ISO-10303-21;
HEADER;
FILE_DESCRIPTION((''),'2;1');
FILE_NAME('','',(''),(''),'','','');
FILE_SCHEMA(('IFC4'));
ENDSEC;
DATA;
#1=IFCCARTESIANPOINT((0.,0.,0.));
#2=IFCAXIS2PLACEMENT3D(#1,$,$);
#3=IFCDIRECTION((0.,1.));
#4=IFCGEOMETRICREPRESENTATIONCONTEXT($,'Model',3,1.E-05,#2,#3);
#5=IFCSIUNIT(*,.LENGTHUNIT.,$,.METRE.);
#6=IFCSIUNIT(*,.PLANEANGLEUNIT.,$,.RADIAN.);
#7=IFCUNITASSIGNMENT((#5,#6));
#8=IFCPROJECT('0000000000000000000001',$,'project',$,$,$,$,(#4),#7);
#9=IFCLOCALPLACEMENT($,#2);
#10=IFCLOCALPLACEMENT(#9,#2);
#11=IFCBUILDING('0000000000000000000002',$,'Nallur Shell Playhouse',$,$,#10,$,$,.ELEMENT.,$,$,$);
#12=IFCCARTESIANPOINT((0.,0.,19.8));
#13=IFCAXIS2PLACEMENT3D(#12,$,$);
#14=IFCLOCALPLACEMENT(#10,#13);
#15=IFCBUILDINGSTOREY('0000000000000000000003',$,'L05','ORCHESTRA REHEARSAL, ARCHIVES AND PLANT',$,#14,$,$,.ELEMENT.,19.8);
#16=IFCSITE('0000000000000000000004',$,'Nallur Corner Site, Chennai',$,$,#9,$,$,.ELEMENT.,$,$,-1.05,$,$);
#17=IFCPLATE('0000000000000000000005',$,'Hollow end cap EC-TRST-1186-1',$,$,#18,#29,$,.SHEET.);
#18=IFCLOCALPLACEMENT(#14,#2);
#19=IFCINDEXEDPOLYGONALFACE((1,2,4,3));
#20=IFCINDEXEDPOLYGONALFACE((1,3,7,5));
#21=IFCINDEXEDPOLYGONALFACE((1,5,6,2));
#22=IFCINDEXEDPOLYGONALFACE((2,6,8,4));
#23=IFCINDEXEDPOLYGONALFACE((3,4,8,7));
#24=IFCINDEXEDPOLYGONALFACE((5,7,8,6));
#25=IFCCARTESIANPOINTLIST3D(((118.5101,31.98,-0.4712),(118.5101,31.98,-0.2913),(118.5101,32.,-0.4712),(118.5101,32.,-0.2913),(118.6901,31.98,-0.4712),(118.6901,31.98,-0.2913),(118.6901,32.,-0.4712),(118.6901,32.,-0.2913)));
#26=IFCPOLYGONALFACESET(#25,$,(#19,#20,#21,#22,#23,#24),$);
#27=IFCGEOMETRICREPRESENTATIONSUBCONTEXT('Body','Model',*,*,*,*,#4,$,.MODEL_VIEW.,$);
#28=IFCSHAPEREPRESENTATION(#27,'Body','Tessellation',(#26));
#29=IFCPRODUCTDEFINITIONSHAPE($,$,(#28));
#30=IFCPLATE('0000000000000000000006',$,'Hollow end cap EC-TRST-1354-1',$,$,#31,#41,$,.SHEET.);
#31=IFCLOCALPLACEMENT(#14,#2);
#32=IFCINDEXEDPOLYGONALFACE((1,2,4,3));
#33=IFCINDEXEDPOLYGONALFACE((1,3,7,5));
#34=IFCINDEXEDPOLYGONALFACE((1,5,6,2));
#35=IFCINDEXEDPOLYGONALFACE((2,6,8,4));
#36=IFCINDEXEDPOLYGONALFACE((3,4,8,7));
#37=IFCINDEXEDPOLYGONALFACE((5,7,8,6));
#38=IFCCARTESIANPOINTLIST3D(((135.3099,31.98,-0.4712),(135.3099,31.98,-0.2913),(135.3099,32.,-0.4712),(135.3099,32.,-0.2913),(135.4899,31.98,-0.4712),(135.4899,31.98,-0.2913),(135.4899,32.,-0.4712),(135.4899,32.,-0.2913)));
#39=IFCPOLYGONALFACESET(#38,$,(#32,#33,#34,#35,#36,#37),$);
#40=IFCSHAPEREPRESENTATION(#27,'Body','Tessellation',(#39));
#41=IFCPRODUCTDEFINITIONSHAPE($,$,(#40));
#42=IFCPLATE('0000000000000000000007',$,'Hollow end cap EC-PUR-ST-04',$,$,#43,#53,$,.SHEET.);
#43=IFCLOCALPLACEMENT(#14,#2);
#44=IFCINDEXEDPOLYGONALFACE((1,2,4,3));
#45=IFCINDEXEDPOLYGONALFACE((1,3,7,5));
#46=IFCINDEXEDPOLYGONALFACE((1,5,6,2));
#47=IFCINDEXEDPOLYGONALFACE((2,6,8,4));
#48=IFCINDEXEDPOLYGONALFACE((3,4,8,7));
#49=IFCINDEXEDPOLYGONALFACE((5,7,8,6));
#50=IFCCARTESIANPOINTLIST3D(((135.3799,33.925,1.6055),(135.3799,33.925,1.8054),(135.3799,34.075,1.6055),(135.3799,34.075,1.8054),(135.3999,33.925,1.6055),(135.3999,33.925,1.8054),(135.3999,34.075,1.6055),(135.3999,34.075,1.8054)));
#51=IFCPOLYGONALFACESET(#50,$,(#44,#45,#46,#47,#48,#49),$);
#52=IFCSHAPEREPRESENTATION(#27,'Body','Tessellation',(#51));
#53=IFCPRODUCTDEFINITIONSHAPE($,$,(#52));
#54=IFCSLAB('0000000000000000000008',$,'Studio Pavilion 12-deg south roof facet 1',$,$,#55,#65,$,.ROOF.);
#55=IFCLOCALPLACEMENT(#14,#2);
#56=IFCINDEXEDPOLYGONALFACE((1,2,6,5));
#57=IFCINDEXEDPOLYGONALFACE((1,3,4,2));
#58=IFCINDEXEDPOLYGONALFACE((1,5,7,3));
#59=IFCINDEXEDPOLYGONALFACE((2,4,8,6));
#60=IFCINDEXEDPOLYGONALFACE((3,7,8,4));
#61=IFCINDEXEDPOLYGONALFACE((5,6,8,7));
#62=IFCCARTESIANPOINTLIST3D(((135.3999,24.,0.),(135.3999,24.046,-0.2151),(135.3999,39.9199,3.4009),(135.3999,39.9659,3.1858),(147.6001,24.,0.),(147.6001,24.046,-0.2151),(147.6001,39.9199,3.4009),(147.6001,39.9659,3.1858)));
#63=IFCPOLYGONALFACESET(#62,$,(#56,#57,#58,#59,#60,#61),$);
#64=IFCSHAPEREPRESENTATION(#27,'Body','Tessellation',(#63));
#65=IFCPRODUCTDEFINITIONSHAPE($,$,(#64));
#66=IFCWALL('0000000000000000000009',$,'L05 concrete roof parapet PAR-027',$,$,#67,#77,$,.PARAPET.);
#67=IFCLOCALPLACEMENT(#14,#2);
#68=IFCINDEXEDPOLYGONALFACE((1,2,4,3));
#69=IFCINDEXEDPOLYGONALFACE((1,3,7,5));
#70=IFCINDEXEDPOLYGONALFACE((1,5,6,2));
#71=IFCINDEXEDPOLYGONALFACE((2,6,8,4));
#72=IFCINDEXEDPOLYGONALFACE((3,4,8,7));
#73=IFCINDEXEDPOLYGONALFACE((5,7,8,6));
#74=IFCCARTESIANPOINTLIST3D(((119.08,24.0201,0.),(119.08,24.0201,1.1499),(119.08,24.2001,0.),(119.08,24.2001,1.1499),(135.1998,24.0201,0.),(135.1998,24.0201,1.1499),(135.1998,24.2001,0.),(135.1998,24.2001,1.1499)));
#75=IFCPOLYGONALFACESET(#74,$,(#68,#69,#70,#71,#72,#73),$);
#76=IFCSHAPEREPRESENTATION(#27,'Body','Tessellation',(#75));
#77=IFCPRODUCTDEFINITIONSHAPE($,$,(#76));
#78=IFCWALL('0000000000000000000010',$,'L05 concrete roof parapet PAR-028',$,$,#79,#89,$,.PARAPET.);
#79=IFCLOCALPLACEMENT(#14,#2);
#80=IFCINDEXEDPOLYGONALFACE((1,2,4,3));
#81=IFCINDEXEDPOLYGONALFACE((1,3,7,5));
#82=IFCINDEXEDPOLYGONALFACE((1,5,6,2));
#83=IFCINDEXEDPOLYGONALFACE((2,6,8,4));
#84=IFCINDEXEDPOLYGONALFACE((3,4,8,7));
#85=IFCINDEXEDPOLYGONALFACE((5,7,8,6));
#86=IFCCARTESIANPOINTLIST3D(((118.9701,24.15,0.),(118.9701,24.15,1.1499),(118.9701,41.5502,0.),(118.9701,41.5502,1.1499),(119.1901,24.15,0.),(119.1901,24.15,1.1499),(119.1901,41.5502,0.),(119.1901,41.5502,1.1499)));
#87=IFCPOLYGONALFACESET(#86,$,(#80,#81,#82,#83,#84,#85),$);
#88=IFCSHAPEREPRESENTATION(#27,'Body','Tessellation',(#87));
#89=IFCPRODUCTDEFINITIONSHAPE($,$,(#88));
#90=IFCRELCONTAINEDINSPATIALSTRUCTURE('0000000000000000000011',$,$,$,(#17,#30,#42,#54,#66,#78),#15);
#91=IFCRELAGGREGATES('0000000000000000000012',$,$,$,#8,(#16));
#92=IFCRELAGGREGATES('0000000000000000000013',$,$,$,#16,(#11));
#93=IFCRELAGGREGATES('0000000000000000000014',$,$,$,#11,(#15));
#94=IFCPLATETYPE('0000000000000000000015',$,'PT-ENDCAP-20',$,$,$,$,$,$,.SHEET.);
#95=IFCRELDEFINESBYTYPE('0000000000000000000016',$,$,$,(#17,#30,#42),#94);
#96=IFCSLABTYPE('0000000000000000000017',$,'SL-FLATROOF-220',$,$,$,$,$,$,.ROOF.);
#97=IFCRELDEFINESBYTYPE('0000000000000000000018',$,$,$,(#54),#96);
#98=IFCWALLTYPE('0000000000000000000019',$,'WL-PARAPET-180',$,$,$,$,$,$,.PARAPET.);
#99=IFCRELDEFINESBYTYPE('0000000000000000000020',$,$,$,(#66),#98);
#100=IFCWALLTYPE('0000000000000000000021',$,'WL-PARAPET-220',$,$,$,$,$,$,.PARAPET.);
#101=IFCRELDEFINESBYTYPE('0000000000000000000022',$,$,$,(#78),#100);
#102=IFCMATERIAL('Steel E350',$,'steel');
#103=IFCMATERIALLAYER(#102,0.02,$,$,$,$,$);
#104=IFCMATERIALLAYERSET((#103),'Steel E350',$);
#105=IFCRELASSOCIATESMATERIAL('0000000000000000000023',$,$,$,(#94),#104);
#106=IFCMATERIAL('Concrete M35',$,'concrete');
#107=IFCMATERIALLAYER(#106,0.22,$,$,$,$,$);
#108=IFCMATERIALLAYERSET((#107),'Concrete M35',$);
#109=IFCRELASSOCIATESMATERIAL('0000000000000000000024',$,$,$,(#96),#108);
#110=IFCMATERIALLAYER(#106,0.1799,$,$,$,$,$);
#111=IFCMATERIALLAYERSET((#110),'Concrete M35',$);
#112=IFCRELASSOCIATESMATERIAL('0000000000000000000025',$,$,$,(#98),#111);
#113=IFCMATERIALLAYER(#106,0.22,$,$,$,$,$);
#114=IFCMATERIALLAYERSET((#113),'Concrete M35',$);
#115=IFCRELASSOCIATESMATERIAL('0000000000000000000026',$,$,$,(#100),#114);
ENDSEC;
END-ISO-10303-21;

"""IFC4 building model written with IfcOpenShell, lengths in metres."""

from ifc_helpers import new_model, si_unit, direction, frame, frame_2d, origin, origin_2d, place, context, subcontext, project, spatial, polyline, rectangle, outline, extrude, material, layer, layer_set, type_object, element, save


model = new_model("IFC4")

# Units and contexts
model_context = context("Model", 3, precision=1e-05, world=origin(), true_north=direction((0.0, 1.0)))
body_context = subcontext(model_context, "Body", "Model", "MODEL_VIEW")
ifc_project = project(units=[si_unit("LENGTHUNIT", "METRE"), si_unit("PLANEANGLEUNIT", "RADIAN")], contexts=[model_context])

# Site, building, storey
site_placement = place(None, origin())
site = spatial("IfcSite", under=ifc_project, at=site_placement, Name="Nallur Corner Site, Chennai", CompositionType="ELEMENT", RefElevation=-1.05)
building_placement = place(site_placement, origin())
building = spatial("IfcBuilding", under=site, at=building_placement, Name="Nallur Shell Playhouse", CompositionType="ELEMENT")
storey_placement = place(building_placement, frame((0.0, 0.0, 19.8)))
storey = spatial("IfcBuildingStorey", under=building, at=storey_placement, Name="L05", Description="ORCHESTRA REHEARSAL, ARCHIVES AND PLANT", CompositionType="ELEMENT", Elevation=19.8)

# Shared definitions
ifc_material_1 = material(Name="Steel E350", Category="steel")

# Plates
ifc_layer_1 = layer(ifc_material_1, 0.02)
ifc_layer_set_1 = layer_set([ifc_layer_1], Name="Steel E350")
plate_type = type_object("IfcPlateType", Name="PT-ENDCAP-20", PredefinedType="SHEET", material=ifc_layer_set_1)
for number, where, z_axis, x_axis, name in (
    (1, (118.6001, 31.99, -0.4712), (0.0, 0.0, 1.0), (1.0, 0.0, 0.0), "Hollow end cap EC-TRST-1186-1"),
    (2, (135.3999, 31.99, -0.4712), (0.0, 0.0, 1.0), (1.0, 0.0, 0.0), "Hollow end cap EC-TRST-1354-1"),
):
    element("IfcPlate", number, at=place(storey_placement, frame(where, z_axis=z_axis, x_axis=x_axis)), inside=storey, type_object=plate_type, Name=name, PredefinedType="SHEET", context=body_context, shape_type="SweptSolid", body=[
        extrude(rectangle(XDim=0.1799, YDim=0.02, at=origin_2d()), origin(), (0.0, 0.0, 1.0), 0.1799),
    ])
plate_1_placement = place(storey_placement, frame((135.3899, 34.0, 1.6055), z_axis=(0.0, 0.0, 1.0), x_axis=(1.0, 0.0, 0.0)))
element("IfcPlate", 3, at=plate_1_placement, inside=storey, type_object=plate_type, Name="Hollow end cap EC-PUR-ST-04", PredefinedType="SHEET", context=body_context, shape_type="SweptSolid", body=[
    extrude(rectangle(XDim=0.02, YDim=0.1499, at=origin_2d()), origin(), (0.0, 0.0, 1.0), 0.2),
])

# Slab
ifc_material_2 = material(Name="Concrete M35", Category="concrete")
ifc_layer_2 = layer(ifc_material_2, 0.22)
ifc_layer_set_2 = layer_set([ifc_layer_2], Name="Concrete M35")
slab_type = type_object("IfcSlabType", Name="SL-FLATROOF-220", PredefinedType="ROOF", material=ifc_layer_set_2)
slab_placement = place(storey_placement, frame((135.3999, 24.0, 0.0), z_axis=(0.0, -0.20891, 0.977935), x_axis=(1.0, 0.0, 0.0)))
element("IfcSlab", 4, at=slab_placement, inside=storey, type_object=slab_type, Name="Studio Pavilion 12-deg south roof facet 1", PredefinedType="ROOF", context=body_context, shape_type="SweptSolid", body=[
    extrude(outline(polyline([(0.0, 0.0), (12.2002, 0.0), (12.2002, 16.2791), (0.0, 16.2791), (0.0, 0.0)])), origin(), (0.0, 0.0, -1.0), 0.22),
])

# Walls
ifc_layer_3 = layer(ifc_material_2, 0.1799)
ifc_layer_set_3 = layer_set([ifc_layer_3], Name="Concrete M35")
wall_type_1 = type_object("IfcWallType", Name="WL-PARAPET-180", PredefinedType="PARAPET", material=ifc_layer_set_3)
wall_1_placement = place(storey_placement, frame((135.2, 24.1101, 0.0), z_axis=(0.0, 0.0, 1.0), x_axis=(-1.0, 0.0, 0.0)))
element("IfcWall", 5, at=wall_1_placement, inside=storey, type_object=wall_type_1, Name="L05 concrete roof parapet PAR-027", PredefinedType="PARAPET", context=body_context, shape_type="SweptSolid", body=[
    extrude(rectangle(XDim=16.1199, YDim=0.1799, at=frame_2d((8.0601, 0.0))), origin(), (0.0, 0.0, 1.0), 1.1499),
])
ifc_layer_4 = layer(ifc_material_2, 0.22)
ifc_layer_set_4 = layer_set([ifc_layer_4], Name="Concrete M35")
wall_type_2 = type_object("IfcWallType", Name="WL-PARAPET-220", PredefinedType="PARAPET", material=ifc_layer_set_4)
wall_2_placement = place(storey_placement, frame((119.0801, 24.1499, 0.0), z_axis=(0.0, 0.0, 1.0), x_axis=(0.0, 1.0, 0.0)))
element("IfcWall", 6, at=wall_2_placement, inside=storey, type_object=wall_type_2, Name="L05 concrete roof parapet PAR-028", PredefinedType="PARAPET", context=body_context, shape_type="SweptSolid", body=[
    extrude(rectangle(XDim=17.4001, YDim=0.22, at=frame_2d((8.7002, 0.0))), origin(), (0.0, 0.0, 1.0), 1.1499),
])

save(model, "model.ifc")
